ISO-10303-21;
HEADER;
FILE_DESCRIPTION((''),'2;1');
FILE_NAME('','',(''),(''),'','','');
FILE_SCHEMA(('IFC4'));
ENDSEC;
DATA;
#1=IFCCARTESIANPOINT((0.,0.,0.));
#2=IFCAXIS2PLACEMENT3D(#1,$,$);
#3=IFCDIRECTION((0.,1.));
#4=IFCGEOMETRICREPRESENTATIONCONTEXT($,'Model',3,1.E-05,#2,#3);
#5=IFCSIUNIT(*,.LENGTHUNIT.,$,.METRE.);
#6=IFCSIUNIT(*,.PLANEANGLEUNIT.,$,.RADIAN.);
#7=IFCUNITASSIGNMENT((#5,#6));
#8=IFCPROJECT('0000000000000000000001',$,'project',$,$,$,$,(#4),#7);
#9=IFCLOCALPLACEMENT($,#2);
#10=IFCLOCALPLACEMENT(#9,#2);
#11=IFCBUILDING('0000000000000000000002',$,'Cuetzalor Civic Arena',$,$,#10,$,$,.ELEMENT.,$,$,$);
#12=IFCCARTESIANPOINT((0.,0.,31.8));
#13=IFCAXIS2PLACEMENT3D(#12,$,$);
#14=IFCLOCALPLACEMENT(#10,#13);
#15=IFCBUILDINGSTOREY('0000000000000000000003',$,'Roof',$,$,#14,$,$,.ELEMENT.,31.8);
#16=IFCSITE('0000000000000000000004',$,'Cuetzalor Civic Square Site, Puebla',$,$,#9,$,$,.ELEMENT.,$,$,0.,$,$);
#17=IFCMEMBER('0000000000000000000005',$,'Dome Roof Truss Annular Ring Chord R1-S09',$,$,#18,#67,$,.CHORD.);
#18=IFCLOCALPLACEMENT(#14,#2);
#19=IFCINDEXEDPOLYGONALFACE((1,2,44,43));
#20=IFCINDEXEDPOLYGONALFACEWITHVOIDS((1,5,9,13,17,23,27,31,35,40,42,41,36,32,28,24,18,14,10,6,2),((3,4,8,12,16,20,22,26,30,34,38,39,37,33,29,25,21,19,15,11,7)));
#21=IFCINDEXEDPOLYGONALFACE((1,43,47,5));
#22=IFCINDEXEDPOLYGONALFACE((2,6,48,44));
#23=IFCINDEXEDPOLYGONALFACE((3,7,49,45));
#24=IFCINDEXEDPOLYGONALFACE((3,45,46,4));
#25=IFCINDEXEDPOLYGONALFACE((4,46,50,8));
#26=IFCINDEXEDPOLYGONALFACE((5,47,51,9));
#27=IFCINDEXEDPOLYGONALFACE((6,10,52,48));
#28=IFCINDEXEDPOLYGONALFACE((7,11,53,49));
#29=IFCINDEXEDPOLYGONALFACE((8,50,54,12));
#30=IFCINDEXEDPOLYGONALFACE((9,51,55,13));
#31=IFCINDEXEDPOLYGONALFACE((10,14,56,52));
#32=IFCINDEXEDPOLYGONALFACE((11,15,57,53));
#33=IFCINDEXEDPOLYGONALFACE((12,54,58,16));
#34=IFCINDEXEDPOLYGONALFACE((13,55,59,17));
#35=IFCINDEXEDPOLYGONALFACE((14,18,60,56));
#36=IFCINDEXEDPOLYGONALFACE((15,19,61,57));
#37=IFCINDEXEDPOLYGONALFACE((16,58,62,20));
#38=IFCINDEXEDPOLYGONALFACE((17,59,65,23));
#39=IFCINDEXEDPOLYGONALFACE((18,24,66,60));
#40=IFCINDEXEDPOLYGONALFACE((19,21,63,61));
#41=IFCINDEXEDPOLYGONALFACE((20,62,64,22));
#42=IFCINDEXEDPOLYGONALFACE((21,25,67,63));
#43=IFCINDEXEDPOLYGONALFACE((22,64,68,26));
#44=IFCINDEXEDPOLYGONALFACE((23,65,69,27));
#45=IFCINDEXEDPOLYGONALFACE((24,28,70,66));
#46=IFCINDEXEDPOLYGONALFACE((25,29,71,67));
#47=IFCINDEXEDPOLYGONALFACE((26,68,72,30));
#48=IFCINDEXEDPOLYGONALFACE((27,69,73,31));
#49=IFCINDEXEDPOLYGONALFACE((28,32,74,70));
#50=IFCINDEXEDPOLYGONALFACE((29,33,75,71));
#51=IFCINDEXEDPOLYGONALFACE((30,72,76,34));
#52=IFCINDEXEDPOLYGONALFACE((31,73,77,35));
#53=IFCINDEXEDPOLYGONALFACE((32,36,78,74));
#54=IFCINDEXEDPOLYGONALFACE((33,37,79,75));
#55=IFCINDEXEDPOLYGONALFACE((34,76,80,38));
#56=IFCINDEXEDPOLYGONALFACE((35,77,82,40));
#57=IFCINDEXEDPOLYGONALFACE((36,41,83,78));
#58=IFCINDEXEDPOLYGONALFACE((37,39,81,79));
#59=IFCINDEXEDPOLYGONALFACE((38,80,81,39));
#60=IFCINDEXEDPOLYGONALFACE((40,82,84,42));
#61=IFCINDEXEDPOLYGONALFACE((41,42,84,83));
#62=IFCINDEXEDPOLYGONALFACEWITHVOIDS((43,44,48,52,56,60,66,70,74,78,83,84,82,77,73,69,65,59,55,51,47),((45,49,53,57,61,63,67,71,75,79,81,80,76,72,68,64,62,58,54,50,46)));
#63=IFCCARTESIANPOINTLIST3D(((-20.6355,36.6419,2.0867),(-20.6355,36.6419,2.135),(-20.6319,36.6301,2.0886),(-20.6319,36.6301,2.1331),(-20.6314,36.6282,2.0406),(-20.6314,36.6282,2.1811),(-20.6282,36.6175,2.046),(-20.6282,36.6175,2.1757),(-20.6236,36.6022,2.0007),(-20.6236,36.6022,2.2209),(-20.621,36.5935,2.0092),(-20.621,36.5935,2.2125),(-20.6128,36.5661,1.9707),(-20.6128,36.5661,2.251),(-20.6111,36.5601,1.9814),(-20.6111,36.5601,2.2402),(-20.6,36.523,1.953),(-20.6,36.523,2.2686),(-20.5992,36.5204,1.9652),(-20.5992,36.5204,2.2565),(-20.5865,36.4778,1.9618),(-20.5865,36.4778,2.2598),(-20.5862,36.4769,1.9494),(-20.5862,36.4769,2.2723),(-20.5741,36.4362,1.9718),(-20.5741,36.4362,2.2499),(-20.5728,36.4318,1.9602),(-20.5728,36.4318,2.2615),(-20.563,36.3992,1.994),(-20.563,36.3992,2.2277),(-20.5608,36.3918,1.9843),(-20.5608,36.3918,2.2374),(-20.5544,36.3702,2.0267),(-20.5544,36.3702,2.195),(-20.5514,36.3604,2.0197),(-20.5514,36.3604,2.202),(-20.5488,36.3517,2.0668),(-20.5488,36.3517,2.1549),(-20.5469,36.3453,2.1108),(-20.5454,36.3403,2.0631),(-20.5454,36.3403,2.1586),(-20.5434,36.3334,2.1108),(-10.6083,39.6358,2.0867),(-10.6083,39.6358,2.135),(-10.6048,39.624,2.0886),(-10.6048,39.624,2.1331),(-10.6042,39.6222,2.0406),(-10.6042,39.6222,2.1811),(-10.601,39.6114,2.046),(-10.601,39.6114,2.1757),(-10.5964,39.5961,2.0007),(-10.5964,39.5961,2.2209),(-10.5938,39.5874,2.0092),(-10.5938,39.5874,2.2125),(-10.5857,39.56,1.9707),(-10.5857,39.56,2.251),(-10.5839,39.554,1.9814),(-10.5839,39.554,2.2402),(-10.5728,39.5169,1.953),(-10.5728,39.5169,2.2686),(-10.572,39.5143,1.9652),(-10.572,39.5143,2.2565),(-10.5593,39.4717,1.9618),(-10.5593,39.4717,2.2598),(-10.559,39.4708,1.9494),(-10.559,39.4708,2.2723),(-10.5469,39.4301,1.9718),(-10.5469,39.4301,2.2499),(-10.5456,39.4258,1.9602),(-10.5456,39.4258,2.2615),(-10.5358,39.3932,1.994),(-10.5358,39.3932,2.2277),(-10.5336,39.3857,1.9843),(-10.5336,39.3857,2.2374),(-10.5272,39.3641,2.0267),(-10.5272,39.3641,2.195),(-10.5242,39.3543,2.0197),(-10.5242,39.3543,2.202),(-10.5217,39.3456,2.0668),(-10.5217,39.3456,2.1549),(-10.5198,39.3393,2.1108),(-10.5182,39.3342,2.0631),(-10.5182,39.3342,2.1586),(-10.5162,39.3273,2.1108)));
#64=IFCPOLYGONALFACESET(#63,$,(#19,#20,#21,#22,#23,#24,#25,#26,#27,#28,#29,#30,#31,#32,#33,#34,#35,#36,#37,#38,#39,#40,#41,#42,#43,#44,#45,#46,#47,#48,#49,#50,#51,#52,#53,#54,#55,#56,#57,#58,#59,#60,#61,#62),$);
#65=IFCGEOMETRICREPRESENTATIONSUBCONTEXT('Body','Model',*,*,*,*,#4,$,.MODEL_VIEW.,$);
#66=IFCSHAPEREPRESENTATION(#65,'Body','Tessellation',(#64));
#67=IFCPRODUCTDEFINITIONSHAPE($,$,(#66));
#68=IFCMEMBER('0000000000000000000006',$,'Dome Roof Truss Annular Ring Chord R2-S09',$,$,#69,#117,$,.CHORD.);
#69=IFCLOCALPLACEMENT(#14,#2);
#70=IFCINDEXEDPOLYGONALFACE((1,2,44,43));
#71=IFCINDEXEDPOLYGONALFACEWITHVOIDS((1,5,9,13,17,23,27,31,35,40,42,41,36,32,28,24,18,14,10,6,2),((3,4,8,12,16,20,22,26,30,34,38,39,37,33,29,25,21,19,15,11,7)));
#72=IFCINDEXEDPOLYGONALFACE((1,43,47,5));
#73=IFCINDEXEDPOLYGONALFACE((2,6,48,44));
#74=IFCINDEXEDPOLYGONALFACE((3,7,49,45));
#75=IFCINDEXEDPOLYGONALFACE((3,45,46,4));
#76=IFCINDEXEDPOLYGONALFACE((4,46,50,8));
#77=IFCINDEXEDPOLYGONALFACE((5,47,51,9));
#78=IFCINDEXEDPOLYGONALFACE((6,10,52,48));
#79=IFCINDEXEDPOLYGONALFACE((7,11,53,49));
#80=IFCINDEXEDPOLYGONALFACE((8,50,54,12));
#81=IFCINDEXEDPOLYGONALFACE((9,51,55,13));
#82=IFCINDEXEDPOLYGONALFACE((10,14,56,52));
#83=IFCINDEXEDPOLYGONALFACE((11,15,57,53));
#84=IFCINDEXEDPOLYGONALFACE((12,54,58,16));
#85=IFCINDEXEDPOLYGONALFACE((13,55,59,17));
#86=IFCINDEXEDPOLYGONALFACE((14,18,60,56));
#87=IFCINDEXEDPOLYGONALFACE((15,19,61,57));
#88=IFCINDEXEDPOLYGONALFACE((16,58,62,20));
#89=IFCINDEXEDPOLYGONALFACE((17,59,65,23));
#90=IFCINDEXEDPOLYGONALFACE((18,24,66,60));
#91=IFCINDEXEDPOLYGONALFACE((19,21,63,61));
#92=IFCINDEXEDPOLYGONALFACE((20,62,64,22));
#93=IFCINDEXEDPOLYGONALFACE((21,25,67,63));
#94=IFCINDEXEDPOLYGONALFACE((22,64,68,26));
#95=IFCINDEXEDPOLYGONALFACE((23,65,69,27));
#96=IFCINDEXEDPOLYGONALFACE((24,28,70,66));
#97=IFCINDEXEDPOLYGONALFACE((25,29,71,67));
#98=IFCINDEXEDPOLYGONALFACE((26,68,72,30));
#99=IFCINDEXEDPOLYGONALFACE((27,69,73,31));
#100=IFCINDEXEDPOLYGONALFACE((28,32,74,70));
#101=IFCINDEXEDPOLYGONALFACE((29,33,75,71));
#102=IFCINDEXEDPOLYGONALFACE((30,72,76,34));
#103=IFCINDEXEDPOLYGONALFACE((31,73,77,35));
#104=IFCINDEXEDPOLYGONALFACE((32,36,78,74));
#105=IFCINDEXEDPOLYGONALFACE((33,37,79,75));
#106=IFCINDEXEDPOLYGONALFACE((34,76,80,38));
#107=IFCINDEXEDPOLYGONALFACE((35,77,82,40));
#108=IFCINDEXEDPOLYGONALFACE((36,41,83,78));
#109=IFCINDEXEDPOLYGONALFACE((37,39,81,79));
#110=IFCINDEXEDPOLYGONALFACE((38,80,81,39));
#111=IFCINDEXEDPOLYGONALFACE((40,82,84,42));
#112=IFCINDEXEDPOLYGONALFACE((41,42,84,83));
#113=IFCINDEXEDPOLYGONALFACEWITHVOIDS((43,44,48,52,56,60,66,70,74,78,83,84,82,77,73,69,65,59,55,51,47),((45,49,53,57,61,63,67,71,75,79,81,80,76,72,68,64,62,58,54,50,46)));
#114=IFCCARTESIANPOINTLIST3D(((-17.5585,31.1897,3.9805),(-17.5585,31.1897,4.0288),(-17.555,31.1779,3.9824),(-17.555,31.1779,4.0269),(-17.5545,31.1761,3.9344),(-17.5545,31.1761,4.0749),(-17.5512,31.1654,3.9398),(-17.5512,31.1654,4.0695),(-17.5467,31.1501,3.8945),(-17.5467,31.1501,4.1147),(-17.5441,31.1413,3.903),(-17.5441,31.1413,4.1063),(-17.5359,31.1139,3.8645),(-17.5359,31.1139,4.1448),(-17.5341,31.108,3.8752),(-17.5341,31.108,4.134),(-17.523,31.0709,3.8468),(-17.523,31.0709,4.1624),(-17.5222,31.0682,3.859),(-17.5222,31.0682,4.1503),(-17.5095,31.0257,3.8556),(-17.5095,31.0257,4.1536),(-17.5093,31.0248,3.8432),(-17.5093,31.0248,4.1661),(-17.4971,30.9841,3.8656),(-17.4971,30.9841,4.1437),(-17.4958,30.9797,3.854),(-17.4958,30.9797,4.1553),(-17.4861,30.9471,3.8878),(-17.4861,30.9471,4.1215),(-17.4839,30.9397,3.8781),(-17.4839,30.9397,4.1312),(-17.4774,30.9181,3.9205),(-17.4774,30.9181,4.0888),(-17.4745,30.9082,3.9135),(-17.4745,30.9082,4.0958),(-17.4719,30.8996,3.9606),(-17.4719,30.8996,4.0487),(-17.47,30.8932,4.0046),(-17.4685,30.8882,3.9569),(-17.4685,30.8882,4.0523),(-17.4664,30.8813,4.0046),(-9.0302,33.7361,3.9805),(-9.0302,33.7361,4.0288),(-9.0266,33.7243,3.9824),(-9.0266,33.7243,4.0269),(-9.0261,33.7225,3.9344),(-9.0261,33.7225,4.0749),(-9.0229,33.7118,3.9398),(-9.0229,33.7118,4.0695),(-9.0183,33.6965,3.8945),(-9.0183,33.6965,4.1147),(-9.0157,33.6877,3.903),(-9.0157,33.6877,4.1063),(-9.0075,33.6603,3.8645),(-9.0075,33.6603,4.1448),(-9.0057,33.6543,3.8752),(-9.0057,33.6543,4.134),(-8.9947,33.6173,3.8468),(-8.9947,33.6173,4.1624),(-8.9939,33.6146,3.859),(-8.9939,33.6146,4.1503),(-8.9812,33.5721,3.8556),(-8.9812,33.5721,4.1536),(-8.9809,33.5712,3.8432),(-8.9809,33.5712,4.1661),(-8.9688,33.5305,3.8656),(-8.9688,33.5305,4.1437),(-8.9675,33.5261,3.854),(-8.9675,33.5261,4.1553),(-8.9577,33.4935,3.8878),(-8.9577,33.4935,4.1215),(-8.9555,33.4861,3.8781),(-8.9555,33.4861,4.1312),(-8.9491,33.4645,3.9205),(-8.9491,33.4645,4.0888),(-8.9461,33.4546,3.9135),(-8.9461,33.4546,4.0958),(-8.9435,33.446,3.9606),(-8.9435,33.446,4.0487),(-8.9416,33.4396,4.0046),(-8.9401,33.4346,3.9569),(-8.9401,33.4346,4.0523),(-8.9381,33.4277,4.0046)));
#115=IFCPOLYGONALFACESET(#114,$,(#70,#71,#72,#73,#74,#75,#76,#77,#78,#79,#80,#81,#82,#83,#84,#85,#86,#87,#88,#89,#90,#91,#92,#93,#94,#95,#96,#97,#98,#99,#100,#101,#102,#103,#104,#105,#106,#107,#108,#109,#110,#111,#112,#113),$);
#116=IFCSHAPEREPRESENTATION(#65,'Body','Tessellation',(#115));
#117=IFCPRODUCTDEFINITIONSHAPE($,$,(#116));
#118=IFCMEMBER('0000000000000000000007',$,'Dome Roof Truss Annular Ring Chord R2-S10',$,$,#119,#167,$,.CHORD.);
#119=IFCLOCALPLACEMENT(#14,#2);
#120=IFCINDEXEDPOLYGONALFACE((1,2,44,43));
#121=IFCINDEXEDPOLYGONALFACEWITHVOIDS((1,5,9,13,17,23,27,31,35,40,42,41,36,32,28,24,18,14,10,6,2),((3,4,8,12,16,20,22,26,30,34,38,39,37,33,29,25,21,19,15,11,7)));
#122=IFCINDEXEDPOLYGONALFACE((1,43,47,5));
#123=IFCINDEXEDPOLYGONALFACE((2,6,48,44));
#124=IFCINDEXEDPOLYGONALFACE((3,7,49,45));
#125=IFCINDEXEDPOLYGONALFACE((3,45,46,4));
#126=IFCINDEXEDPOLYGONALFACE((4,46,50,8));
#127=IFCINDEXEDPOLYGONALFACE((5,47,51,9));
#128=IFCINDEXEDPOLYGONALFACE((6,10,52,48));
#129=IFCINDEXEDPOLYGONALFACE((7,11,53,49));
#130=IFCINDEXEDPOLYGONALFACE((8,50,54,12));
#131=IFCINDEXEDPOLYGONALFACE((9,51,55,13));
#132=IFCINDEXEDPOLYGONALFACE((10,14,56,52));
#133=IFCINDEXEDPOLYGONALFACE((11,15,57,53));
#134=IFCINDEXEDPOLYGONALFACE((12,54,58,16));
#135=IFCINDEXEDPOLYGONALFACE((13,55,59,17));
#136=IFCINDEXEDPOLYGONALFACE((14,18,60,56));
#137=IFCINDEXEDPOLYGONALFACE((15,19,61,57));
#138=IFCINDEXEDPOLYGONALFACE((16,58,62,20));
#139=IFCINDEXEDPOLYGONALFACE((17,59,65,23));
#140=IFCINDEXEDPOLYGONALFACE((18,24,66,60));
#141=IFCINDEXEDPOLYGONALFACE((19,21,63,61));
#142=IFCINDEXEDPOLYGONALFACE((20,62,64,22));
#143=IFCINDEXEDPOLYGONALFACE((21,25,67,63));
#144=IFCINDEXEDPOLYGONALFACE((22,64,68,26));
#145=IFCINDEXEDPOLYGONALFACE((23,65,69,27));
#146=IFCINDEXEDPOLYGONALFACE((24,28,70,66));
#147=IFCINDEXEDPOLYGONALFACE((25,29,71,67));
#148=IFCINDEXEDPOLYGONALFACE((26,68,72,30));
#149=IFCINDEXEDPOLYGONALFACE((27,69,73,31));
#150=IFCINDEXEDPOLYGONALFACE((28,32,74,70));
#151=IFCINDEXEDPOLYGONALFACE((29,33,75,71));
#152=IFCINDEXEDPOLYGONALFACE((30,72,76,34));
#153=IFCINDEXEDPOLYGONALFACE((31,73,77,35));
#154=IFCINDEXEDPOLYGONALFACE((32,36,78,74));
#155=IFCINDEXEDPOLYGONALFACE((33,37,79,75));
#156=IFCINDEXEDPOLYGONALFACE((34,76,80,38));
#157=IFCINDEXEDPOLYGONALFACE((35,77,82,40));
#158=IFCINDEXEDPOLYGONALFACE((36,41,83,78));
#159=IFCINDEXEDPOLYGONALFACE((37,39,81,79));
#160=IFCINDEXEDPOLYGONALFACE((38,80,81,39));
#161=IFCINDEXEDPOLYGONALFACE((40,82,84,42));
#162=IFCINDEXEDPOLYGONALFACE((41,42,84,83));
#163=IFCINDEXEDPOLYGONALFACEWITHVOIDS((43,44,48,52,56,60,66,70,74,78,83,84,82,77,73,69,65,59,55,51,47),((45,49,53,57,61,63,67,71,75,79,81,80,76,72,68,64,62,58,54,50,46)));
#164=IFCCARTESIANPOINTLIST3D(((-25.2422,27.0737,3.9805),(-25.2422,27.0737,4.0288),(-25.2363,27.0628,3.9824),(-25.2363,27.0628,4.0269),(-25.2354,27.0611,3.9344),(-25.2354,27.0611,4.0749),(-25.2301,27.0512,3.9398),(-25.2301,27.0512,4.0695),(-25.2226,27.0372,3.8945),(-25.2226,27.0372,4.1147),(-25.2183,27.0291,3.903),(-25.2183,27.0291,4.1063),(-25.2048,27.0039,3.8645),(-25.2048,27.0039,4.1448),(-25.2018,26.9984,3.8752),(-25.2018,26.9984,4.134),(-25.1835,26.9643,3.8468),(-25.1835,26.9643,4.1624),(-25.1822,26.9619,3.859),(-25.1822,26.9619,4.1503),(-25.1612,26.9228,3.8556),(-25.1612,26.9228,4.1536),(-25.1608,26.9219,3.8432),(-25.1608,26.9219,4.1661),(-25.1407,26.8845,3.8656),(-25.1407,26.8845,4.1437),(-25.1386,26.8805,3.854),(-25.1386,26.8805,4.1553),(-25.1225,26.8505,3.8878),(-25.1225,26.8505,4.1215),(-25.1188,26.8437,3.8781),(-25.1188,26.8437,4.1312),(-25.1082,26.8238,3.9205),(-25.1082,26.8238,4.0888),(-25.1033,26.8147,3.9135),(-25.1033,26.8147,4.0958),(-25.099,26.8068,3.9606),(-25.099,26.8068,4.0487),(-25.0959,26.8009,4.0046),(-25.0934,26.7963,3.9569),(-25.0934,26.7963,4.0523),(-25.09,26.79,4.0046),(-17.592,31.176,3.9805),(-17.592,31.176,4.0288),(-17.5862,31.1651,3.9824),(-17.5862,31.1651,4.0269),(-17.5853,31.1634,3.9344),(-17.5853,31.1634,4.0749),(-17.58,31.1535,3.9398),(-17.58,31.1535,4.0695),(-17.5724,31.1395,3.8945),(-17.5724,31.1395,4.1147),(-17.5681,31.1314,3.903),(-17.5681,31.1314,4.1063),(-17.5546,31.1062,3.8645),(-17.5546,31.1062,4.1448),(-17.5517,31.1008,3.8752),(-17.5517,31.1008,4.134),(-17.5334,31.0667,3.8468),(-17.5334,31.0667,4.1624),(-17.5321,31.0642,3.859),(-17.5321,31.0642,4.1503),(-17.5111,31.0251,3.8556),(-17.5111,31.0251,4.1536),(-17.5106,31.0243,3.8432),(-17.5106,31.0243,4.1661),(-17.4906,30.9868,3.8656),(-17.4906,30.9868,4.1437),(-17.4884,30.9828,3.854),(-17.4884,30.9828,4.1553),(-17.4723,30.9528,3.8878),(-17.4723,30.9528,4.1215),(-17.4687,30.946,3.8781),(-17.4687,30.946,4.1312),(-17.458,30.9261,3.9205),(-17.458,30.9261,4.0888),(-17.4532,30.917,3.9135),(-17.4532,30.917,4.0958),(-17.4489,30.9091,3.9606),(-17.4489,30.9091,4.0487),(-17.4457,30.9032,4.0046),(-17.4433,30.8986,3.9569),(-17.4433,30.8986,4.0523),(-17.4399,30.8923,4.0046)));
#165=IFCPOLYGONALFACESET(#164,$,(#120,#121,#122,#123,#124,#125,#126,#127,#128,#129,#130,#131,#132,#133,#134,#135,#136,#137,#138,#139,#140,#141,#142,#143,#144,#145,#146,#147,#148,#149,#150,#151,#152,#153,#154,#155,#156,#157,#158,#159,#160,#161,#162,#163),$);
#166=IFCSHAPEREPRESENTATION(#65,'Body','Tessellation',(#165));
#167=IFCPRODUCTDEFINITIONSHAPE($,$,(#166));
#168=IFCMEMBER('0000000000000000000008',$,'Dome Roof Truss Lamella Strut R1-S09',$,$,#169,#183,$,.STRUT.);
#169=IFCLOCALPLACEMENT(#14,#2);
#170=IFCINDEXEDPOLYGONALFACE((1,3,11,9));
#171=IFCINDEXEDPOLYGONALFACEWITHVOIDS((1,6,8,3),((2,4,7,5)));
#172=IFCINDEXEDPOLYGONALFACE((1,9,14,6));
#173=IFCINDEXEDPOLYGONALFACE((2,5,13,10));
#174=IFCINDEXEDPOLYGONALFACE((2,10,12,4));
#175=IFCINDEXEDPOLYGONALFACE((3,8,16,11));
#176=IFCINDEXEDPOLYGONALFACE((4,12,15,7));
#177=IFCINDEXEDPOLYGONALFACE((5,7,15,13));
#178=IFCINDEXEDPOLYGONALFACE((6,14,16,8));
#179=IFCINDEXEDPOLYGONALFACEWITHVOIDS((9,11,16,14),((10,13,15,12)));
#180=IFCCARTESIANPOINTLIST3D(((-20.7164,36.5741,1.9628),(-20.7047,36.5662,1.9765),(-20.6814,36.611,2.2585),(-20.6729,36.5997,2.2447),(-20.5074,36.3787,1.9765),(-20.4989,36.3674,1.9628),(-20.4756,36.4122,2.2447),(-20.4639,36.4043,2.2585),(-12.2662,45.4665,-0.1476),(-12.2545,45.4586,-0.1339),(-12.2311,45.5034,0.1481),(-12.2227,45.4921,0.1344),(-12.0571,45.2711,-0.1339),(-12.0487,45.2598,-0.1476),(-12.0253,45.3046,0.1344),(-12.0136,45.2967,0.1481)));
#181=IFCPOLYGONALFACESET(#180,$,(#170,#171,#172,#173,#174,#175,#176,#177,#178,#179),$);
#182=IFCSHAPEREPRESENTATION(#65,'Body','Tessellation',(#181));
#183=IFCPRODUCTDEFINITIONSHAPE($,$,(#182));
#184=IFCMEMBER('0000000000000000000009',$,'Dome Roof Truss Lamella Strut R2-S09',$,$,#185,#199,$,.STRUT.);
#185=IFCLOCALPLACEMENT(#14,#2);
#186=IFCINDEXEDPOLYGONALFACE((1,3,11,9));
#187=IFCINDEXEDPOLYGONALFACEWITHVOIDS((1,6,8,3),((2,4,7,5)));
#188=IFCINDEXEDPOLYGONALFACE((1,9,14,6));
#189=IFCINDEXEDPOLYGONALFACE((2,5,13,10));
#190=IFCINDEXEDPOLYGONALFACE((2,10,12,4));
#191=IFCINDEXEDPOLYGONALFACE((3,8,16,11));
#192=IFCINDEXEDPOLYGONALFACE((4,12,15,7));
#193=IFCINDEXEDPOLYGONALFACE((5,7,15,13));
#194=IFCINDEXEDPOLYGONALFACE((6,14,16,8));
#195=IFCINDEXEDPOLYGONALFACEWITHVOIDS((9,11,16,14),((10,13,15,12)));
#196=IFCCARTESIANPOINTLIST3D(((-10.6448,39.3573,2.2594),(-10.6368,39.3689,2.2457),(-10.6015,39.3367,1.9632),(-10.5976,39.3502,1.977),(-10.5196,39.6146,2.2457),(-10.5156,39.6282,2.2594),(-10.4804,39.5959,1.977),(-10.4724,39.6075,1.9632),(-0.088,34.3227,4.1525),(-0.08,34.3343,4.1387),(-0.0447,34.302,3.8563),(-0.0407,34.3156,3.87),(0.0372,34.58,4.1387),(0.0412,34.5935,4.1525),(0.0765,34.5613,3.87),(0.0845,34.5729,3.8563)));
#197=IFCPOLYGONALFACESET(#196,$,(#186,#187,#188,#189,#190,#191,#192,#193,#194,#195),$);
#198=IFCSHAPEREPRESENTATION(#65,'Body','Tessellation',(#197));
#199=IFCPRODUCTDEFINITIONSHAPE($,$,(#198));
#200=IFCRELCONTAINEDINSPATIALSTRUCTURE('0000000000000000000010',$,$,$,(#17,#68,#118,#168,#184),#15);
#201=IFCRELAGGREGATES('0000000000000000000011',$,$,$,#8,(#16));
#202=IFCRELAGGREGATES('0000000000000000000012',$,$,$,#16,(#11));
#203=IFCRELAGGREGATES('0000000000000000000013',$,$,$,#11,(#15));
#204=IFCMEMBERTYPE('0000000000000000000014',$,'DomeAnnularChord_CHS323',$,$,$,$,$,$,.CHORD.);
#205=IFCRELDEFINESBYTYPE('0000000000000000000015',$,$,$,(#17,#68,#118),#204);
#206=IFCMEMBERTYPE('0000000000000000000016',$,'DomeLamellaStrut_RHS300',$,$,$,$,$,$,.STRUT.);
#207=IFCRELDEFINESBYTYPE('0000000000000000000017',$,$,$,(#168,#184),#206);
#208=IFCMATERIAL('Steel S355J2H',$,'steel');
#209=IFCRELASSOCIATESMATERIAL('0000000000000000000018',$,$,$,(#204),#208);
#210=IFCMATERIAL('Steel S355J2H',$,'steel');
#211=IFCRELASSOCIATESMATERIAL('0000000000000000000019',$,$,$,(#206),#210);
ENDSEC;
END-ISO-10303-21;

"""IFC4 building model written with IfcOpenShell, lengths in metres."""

from ifc_helpers import new_model, si_unit, direction, frame, origin, origin_2d, place, context, subcontext, project, spatial, hollow_rectangle, hollow_circle, extrude, material, material_profile, profile_set, type_object, element, save


model = new_model("IFC4")

# Units and contexts
model_context = context("Model", 3, precision=1e-05, world=origin(), true_north=direction((0.0, 1.0)))
body_context = subcontext(model_context, "Body", "Model", "MODEL_VIEW")
ifc_project = project(units=[si_unit("LENGTHUNIT", "METRE"), si_unit("PLANEANGLEUNIT", "RADIAN")], contexts=[model_context])

# Site, building, storey
site_placement = place(None, origin())
site = spatial("IfcSite", under=ifc_project, at=site_placement, Name="Cuetzalor Civic Square Site, Puebla", CompositionType="ELEMENT", RefElevation=0.0)
building_placement = place(site_placement, origin())
building = spatial("IfcBuilding", under=site, at=building_placement, Name="Cuetzalor Civic Arena", CompositionType="ELEMENT")
storey_placement = place(building_placement, frame((0.0, 0.0, 31.8)))
storey = spatial("IfcBuildingStorey", under=building, at=storey_placement, Name="Roof", CompositionType="ELEMENT", Elevation=31.8)

# Members
ifc_material_1 = material(Name="Steel S355J2H", Category="steel")
ifc_material_profile_1 = material_profile(ifc_material_1, hollow_circle(Radius=0.1619, WallThickness=0.0125, at=origin_2d()), Name="CHS 323.9x12.5")
ifc_profile_set_1 = profile_set([ifc_material_profile_1], Name="Steel S355J2H")
member_type_1 = type_object("IfcMemberType", Name="DomeAnnularChord_CHS323", PredefinedType="CHORD", material=ifc_profile_set_1)
member_1_placement = place(storey_placement, frame((-10.5625, 39.4824, 2.1108), z_axis=(-0.9582, -0.2861, 0.0), x_axis=(0.2861, -0.9582, 0.0)))
element("IfcMember", 1, at=member_1_placement, inside=storey, type_object=member_type_1, Name="Dome Roof Truss Annular Ring Chord R1-S09", PredefinedType="CHORD", context=body_context, shape_type="SweptSolid", body=[
    extrude(hollow_circle(Radius=0.1619, WallThickness=0.0125, at=origin_2d()), origin(), (0.0, 0.0, 1.0), 10.4646),
])
member_2_placement = place(storey_placement, frame((-8.9844, 33.5828, 4.0046), z_axis=(-0.9582, -0.286099, 0.0), x_axis=(0.286099, -0.9582, 0.0)))
element("IfcMember", 2, at=member_2_placement, inside=storey, type_object=member_type_1, Name="Dome Roof Truss Annular Ring Chord R2-S09", PredefinedType="CHORD", context=body_context, shape_type="SweptSolid", body=[
    extrude(hollow_circle(Radius=0.1619, WallThickness=0.0125, at=origin_2d()), origin(), (0.0, 0.0, 1.0), 8.9004),
])
member_3_placement = place(storey_placement, frame((-17.5164, 31.0349, 4.0046), z_axis=(-0.881288, -0.47258, 0.0), x_axis=(0.47258, -0.881288, 0.0)))
element("IfcMember", 3, at=member_3_placement, inside=storey, type_object=member_type_1, Name="Dome Roof Truss Annular Ring Chord R2-S10", PredefinedType="CHORD", context=body_context, shape_type="SweptSolid", body=[
    extrude(hollow_circle(Radius=0.1619, WallThickness=0.0125, at=origin_2d()), origin(), (0.0, 0.0, 1.0), 8.6807),
])
ifc_material_2 = material(Name="Steel S355J2H", Category="steel")
ifc_material_profile_2 = material_profile(ifc_material_2, hollow_rectangle(XDim=0.3, YDim=0.3, WallThickness=0.0139, at=origin_2d()), Name="RHS 300x300x14")
ifc_profile_set_2 = profile_set([ifc_material_profile_2], Name="Steel S355J2H")
member_type_2 = type_object("IfcMemberType", Name="DomeLamellaStrut_RHS300", PredefinedType="STRUT", material=ifc_profile_set_2)
member_4_placement = place(storey_placement, frame((-12.1399, 45.3816, 0.0002), z_axis=(-0.678883, -0.714404, 0.169544), x_axis=(0.724899, -0.688856, 0.0)))
element("IfcMember", 4, at=member_4_placement, inside=storey, type_object=member_type_2, Name="Dome Roof Truss Lamella Strut R1-S09", PredefinedType="STRUT", context=body_context, shape_type="SweptSolid", body=[
    extrude(hollow_rectangle(XDim=0.3, YDim=0.3, WallThickness=0.0139, at=origin_2d()), origin(), (0.0, 0.0, 1.0), 12.4473),
])
member_5_placement = place(storey_placement, frame((-10.5586, 39.4824, 2.1113), z_axis=(0.891013, -0.424932, 0.159777), x_axis=(0.430462, 0.902609, 0.0)))
element("IfcMember", 5, at=member_5_placement, inside=storey, type_object=member_type_2, Name="Dome Roof Truss Lamella Strut R2-S09", PredefinedType="STRUT", context=body_context, shape_type="SweptSolid", body=[
    extrude(hollow_rectangle(XDim=0.3, YDim=0.3, WallThickness=0.0139, at=origin_2d()), origin(), (0.0, 0.0, 1.0), 11.8481),
])

save(model, "model.ifc")
